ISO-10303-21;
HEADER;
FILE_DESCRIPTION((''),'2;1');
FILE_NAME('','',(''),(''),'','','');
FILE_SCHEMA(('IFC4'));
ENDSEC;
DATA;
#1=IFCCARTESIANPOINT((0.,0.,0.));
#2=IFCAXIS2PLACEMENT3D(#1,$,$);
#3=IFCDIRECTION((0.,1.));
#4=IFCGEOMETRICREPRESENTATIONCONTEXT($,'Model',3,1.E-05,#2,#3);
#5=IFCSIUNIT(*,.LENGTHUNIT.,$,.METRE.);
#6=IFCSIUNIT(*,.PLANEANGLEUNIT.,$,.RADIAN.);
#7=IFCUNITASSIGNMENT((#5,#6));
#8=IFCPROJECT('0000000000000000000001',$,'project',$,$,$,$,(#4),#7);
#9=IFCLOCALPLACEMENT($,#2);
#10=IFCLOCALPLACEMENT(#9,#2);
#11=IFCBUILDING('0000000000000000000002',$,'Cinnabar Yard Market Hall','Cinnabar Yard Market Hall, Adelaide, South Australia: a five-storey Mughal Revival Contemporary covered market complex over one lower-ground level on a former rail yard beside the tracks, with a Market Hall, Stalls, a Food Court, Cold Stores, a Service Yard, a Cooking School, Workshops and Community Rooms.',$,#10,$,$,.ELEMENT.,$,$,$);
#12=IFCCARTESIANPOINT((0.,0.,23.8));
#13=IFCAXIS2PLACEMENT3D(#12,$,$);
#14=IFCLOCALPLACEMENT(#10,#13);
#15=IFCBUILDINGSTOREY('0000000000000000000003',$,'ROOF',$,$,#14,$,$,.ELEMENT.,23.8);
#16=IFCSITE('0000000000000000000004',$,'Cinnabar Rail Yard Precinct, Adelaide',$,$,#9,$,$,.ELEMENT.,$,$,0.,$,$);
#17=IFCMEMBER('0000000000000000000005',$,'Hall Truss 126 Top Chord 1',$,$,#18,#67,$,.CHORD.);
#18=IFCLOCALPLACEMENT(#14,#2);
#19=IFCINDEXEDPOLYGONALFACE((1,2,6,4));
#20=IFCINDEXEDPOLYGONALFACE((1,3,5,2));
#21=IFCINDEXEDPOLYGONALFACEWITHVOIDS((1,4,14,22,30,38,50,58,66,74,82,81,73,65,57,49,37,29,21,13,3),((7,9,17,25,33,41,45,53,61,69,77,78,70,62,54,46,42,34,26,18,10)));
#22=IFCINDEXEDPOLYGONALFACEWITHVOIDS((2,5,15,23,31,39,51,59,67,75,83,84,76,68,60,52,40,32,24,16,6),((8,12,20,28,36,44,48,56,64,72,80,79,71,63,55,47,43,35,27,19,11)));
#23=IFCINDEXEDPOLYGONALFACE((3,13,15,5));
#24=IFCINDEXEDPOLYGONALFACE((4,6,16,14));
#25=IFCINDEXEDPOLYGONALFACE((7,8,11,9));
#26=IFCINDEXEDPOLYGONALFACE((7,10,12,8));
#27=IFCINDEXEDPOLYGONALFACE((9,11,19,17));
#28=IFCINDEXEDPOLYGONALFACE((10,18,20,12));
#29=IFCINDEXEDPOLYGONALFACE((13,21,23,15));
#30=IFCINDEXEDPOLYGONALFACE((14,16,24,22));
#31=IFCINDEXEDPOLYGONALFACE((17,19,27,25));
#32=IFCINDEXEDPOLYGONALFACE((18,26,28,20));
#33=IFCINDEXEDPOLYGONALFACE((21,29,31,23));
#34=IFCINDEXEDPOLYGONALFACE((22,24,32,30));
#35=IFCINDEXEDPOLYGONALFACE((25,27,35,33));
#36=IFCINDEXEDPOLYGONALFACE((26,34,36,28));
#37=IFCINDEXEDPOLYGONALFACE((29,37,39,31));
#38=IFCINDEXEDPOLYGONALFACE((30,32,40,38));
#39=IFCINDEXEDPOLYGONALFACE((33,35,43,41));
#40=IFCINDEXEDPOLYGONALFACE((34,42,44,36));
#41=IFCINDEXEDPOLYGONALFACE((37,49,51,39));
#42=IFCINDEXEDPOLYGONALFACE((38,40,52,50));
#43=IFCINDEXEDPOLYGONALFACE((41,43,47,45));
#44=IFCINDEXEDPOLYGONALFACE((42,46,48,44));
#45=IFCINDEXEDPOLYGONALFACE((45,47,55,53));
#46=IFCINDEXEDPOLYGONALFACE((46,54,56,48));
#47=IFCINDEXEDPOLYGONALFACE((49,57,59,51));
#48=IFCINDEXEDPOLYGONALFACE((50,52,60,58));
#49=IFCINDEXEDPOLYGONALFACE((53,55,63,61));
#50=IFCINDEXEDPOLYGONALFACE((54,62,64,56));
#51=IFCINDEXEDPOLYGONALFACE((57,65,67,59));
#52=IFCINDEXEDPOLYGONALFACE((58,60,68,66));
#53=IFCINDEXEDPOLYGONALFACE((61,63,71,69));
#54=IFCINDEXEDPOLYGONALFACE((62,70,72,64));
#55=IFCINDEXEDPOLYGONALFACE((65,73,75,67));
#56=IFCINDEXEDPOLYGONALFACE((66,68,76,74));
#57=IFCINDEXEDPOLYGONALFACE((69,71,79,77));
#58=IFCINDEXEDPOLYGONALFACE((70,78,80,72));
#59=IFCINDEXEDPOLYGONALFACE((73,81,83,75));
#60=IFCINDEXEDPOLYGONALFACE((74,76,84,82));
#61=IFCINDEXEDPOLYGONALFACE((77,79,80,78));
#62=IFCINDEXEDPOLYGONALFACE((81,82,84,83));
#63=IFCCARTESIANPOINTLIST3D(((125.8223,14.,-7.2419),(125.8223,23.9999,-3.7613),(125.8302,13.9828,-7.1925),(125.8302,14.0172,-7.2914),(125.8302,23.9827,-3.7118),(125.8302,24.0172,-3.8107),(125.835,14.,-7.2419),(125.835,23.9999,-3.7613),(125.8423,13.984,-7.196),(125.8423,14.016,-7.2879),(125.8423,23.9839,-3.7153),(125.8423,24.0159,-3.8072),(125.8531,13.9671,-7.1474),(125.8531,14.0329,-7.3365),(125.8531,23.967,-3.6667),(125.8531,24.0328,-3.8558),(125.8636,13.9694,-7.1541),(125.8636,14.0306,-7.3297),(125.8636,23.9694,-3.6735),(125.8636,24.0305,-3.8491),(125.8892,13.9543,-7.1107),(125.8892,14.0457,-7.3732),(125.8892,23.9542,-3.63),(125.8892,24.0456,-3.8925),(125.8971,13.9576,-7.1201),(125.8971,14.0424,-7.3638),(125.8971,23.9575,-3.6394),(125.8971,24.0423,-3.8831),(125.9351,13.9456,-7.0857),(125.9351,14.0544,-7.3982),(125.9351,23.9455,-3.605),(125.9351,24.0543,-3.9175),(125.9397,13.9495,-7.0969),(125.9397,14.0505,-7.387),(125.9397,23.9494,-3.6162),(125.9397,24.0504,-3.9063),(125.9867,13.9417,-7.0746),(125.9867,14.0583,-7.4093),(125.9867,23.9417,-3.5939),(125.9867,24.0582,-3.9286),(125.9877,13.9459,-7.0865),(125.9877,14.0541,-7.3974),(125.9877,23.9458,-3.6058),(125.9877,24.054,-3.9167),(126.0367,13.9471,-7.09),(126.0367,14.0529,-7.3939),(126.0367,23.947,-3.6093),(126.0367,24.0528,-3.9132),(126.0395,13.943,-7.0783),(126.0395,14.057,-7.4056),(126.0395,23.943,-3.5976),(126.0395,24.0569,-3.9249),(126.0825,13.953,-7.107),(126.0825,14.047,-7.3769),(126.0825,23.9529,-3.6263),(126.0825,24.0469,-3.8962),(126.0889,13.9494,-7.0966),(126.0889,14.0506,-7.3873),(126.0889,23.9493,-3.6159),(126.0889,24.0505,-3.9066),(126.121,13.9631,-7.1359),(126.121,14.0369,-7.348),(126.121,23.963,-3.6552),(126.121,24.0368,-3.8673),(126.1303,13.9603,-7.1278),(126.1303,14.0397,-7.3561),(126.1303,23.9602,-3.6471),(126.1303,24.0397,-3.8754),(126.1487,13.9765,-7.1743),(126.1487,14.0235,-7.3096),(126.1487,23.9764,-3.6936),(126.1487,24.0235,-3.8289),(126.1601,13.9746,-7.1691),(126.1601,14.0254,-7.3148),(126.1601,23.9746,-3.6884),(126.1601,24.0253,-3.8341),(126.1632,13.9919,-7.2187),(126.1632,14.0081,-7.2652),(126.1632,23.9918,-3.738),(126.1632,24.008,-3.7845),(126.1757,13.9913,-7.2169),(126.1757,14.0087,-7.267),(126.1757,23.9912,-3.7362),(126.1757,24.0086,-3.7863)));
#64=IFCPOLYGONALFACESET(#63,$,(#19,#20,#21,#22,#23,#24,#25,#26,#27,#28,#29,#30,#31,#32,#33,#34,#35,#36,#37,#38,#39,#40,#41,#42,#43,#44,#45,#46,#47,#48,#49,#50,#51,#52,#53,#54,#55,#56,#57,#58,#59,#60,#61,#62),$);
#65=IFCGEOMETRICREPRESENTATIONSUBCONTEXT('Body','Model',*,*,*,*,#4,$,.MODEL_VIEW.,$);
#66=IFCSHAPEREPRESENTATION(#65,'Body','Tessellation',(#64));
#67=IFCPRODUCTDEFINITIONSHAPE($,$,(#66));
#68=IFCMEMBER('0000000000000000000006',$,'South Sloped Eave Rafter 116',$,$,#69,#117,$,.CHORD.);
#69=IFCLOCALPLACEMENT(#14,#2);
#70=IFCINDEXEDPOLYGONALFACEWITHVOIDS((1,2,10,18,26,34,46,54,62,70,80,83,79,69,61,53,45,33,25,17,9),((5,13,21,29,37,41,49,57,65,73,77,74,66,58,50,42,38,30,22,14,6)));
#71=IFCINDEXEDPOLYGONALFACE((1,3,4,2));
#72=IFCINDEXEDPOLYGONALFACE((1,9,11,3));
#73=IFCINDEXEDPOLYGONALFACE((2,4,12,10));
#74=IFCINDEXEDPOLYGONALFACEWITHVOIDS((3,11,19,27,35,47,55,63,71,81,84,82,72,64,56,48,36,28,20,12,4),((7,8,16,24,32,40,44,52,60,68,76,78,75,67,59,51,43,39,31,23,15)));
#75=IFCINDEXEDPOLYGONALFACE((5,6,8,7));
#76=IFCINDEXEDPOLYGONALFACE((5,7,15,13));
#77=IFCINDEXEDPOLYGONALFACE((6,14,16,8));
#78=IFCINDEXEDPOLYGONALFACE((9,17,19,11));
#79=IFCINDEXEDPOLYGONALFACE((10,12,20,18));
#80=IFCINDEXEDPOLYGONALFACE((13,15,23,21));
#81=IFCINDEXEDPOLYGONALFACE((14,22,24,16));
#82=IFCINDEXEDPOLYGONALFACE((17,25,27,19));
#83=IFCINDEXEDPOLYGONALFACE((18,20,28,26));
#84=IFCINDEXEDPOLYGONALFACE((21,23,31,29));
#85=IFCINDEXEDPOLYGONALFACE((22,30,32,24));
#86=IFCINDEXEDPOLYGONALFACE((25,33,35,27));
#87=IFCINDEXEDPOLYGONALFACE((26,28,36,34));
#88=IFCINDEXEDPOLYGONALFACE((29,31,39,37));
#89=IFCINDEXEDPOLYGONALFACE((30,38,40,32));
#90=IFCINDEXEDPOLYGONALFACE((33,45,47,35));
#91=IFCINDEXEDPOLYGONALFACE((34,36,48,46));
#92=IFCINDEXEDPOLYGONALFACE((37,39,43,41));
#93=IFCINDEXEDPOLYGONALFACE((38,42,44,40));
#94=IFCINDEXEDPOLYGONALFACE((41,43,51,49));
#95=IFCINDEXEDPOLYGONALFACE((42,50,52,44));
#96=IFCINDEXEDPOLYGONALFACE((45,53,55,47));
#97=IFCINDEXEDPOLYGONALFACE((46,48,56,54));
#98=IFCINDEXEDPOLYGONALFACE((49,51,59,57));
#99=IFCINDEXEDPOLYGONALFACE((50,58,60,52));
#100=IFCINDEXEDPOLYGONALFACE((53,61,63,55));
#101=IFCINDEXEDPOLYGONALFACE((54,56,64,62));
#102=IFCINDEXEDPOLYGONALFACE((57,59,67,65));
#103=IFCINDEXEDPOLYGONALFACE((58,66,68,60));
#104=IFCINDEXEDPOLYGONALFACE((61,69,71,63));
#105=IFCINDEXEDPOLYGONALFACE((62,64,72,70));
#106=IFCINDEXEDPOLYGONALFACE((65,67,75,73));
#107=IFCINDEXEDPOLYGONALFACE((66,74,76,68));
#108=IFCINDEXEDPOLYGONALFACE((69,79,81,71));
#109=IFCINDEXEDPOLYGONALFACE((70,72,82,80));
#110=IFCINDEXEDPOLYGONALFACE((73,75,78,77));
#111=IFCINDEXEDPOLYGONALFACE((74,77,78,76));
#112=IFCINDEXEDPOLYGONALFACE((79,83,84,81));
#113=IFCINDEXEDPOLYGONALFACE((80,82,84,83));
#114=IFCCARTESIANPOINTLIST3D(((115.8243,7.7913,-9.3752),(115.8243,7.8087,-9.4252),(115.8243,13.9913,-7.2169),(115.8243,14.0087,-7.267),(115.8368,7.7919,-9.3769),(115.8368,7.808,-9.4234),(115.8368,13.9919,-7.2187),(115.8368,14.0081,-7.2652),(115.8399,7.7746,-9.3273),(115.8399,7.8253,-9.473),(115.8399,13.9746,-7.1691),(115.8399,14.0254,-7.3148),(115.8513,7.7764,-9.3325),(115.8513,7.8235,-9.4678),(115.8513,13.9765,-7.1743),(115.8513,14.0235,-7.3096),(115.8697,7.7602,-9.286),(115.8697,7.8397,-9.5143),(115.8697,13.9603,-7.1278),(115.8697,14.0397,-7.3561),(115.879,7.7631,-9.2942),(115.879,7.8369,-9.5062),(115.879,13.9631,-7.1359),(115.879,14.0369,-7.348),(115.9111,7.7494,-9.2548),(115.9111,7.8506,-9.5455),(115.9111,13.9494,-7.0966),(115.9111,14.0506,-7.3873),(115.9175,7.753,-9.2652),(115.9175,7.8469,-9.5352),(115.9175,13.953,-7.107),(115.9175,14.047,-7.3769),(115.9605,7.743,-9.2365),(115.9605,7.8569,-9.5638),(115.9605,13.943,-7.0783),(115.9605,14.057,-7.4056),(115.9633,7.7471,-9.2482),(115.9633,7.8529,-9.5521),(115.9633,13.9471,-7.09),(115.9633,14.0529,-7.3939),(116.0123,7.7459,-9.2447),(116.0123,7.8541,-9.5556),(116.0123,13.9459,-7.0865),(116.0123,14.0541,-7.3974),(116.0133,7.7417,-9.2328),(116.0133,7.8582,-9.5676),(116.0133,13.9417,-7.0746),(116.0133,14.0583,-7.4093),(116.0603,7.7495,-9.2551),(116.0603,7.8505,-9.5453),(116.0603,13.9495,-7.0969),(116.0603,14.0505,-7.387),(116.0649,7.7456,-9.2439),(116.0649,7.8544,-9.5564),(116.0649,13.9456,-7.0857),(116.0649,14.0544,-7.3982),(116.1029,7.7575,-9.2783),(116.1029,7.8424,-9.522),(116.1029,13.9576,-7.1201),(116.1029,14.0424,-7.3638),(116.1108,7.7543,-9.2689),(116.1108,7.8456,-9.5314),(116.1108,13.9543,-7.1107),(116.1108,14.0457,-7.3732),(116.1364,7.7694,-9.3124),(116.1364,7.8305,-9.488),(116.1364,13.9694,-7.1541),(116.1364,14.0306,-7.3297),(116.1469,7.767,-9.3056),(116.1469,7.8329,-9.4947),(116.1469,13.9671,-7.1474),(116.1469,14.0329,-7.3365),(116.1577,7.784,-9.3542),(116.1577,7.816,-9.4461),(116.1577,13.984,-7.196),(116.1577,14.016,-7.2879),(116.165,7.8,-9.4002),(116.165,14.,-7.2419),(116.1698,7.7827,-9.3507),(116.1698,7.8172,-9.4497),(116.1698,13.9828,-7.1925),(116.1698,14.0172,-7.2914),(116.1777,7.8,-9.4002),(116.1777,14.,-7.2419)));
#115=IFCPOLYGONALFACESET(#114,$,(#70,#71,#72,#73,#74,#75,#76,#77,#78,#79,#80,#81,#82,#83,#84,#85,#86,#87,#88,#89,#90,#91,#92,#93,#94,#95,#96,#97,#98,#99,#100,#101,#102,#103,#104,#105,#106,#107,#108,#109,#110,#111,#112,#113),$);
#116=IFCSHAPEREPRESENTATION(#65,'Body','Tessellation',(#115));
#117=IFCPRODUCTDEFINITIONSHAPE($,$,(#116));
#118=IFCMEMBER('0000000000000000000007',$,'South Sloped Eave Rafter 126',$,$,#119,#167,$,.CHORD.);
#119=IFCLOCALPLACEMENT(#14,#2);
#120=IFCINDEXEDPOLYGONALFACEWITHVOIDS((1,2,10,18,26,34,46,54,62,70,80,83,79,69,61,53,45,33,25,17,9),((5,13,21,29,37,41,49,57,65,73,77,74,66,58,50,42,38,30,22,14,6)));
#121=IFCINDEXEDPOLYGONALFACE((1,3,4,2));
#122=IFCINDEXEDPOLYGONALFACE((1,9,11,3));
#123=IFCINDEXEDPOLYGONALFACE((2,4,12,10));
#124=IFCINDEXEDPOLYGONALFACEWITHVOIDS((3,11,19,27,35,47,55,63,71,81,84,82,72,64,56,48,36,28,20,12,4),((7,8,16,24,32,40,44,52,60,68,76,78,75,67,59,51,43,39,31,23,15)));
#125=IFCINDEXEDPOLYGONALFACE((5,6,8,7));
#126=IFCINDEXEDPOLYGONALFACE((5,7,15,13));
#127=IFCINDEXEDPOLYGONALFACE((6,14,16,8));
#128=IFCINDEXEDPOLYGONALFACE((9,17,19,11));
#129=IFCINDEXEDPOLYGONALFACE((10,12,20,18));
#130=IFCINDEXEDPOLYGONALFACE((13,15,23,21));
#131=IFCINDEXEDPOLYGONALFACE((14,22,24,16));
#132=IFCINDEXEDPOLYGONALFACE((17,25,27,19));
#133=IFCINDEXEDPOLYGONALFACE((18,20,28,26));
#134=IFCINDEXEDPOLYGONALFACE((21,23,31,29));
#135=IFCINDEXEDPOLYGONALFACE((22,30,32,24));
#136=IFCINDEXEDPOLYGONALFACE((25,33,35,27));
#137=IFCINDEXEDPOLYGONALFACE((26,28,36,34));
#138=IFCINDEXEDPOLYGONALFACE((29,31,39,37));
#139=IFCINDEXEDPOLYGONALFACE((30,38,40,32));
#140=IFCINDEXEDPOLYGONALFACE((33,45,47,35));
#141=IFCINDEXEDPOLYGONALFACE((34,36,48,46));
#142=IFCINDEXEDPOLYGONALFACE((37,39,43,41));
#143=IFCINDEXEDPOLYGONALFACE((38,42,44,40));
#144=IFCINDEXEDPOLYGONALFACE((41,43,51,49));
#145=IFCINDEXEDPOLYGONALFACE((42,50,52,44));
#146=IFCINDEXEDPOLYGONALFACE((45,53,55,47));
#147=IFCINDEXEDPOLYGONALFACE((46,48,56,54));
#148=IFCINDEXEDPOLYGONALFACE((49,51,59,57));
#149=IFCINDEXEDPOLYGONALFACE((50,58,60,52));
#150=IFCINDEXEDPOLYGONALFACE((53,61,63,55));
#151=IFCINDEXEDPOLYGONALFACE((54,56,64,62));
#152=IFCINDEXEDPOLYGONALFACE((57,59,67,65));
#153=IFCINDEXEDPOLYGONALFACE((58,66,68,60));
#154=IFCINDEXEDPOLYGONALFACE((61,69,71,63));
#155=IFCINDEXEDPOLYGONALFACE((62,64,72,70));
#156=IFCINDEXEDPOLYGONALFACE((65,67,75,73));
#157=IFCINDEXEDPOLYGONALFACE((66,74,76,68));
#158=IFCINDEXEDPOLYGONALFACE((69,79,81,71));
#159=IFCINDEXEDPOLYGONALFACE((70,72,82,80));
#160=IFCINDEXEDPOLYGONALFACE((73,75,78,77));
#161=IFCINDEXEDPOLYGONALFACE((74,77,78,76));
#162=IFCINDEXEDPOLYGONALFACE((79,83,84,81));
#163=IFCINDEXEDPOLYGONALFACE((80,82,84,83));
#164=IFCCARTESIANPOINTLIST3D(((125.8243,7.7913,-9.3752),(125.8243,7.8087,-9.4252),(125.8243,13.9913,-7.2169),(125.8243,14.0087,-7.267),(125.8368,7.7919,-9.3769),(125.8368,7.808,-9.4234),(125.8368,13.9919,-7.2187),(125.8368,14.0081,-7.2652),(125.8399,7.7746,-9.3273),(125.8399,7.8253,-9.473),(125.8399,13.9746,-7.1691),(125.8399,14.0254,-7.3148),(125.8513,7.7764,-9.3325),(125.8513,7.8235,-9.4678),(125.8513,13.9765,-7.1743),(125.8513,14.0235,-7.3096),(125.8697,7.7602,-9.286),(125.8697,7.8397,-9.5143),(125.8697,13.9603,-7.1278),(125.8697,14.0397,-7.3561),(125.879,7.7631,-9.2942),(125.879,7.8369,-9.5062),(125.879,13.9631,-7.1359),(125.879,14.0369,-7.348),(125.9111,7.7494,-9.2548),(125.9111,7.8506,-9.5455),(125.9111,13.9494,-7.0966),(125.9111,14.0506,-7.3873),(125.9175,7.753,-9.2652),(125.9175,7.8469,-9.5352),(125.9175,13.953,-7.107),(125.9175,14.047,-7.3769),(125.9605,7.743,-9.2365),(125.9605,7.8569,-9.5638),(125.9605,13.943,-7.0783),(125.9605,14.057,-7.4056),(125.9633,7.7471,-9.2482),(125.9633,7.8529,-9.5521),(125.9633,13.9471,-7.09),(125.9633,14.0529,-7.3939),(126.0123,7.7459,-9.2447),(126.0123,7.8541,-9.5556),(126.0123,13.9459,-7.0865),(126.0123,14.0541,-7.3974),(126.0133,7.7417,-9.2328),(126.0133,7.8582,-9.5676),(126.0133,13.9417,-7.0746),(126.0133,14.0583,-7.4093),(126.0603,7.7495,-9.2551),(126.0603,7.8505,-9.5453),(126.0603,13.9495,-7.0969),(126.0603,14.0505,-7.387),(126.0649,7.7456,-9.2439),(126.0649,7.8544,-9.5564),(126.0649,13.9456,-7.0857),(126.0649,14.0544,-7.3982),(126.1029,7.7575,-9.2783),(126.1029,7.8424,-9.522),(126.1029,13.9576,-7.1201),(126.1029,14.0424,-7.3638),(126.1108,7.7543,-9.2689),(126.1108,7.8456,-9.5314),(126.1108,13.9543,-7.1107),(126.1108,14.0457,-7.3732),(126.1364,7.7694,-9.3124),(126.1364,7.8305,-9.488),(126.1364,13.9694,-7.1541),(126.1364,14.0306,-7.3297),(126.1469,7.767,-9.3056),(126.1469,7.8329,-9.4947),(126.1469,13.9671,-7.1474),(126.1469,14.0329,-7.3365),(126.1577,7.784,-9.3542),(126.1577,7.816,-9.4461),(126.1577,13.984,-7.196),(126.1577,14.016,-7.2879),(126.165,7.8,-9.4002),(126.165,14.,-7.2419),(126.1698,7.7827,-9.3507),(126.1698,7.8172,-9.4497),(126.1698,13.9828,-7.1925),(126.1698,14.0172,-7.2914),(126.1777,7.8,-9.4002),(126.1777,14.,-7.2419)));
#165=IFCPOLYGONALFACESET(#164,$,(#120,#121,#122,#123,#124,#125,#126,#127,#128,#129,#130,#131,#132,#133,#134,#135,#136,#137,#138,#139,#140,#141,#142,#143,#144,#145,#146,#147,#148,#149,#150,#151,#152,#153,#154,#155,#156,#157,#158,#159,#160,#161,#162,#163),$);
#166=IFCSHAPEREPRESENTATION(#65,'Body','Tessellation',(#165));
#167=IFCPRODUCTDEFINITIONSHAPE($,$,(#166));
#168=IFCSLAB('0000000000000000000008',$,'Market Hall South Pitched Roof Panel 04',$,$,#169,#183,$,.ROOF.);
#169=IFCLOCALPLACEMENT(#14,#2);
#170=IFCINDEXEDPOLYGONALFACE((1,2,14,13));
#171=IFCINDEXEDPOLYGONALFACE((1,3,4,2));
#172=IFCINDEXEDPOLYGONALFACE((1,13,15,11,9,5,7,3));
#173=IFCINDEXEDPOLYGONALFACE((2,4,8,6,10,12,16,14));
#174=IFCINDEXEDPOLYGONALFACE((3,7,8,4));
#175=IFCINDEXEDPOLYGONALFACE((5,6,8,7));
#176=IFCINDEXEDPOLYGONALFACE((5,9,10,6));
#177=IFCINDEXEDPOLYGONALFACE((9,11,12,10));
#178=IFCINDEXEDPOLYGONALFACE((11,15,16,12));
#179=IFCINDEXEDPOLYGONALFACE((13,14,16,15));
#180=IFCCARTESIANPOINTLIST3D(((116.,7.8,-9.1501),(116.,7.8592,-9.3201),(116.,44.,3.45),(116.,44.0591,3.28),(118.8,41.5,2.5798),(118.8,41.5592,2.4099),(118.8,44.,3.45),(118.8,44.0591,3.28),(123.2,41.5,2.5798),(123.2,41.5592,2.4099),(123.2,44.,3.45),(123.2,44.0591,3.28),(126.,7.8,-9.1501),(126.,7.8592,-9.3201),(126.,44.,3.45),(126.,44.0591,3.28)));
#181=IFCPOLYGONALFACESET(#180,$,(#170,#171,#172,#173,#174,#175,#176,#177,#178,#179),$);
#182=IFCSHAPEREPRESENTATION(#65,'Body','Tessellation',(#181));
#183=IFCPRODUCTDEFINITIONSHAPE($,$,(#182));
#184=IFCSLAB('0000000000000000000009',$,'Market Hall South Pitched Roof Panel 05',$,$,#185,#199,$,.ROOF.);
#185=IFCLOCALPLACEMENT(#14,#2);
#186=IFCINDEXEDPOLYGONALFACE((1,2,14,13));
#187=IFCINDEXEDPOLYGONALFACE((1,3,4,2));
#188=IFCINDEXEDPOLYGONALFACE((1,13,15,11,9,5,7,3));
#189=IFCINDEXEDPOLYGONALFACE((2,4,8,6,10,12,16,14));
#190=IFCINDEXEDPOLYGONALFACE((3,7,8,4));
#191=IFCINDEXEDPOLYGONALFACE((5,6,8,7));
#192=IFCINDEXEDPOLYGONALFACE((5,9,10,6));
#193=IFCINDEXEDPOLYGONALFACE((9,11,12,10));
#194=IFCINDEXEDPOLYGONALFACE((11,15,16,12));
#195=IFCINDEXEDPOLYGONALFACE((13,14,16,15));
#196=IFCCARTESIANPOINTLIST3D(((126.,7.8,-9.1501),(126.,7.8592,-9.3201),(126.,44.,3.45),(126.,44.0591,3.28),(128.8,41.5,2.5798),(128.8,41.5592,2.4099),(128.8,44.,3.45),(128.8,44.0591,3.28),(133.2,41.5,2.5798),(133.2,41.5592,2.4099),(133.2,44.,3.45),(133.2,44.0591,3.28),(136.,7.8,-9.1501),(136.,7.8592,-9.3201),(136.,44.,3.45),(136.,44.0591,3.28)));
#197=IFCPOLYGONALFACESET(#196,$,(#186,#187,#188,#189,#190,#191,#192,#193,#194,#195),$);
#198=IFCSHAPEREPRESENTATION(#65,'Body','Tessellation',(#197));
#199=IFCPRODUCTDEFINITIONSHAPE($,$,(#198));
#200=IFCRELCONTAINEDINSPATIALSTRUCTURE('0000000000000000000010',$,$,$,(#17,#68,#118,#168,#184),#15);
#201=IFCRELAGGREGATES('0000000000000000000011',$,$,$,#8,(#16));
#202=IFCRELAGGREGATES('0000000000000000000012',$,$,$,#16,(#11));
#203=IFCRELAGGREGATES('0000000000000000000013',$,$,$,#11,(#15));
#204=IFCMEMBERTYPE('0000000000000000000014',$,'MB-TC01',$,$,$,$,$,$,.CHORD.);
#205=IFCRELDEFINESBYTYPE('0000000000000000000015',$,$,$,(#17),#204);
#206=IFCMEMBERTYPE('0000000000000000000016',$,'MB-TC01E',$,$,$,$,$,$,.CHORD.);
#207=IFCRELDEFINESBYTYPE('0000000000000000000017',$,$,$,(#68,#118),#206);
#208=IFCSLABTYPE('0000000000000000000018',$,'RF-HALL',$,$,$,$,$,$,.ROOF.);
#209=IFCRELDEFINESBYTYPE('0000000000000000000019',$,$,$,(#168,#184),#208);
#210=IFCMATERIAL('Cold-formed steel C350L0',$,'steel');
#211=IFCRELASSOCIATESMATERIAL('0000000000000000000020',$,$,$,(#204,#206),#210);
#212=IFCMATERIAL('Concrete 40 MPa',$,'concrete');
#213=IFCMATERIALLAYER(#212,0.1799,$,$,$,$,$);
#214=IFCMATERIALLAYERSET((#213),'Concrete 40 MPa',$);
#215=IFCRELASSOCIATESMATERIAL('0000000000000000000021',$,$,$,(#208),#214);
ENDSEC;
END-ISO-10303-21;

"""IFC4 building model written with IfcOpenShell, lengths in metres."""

from ifc_helpers import new_model, si_unit, direction, frame, origin, origin_2d_with_axis, place, context, subcontext, project, spatial, polyline, hollow_circle, outline, extrude, material, layer, layer_set, material_profile, profile_set, type_object, element, save


model = new_model("IFC4")

# Units and contexts
model_context = context("Model", 3, precision=1e-05, world=origin(), true_north=direction((0.0, 1.0)))
body_context = subcontext(model_context, "Body", "Model", "MODEL_VIEW")
ifc_project = project(units=[si_unit("LENGTHUNIT", "METRE"), si_unit("PLANEANGLEUNIT", "RADIAN")], contexts=[model_context])

# Site, building, storey
site_placement = place(None, origin())
site = spatial("IfcSite", under=ifc_project, at=site_placement, Name="Cinnabar Rail Yard Precinct, Adelaide", CompositionType="ELEMENT", RefElevation=0.0)
building_placement = place(site_placement, origin())
building = spatial("IfcBuilding", under=site, at=building_placement, Name="Cinnabar Yard Market Hall", Description="Cinnabar Yard Market Hall, Adelaide, South Australia: a five-storey Mughal Revival Contemporary covered market complex over one lower-ground level on a former rail yard beside the tracks, with a Market Hall, Stalls, a Food Court, Cold Stores, a Service Yard, a Cooking School, Workshops and Community Rooms.", CompositionType="ELEMENT")
storey_placement = place(building_placement, frame((0.0, 0.0, 23.8)))
storey = spatial("IfcBuildingStorey", under=building, at=storey_placement, Name="ROOF", CompositionType="ELEMENT", Elevation=23.8)

# Shared definitions
ifc_material_1 = material(Name="Cold-formed steel C350L0", Category="steel")

# Members
ifc_material_profile_1 = material_profile(ifc_material_1, hollow_circle(Radius=0.1777, WallThickness=0.0127, at=origin_2d_with_axis()), Name="355.6x12.7CHS")
ifc_profile_set_1 = profile_set([ifc_material_profile_1], Name="Cold-formed steel C350L0")
member_type_1 = type_object("IfcMemberType", Name="MB-TC01", PredefinedType="CHORD", material=ifc_profile_set_1)
for number, where, z_axis, x_axis, name in (
    (1, (126.0, 14.0, -7.2419), (0.0, 0.944425, 0.328727), (-1.0, 0.0, 0.0), "Hall Truss 126 Top Chord 1"),
):
    element("IfcMember", number, at=place(storey_placement, frame(where, z_axis=z_axis, x_axis=x_axis)), inside=storey, type_object=member_type_1, Name=name, PredefinedType="CHORD", context=body_context, shape_type="SweptSolid", body=[
        extrude(hollow_circle(Radius=0.1777, WallThickness=0.0127, at=origin_2d_with_axis()), origin(), (0.0, 0.0, 1.0), 10.5884),
    ])
ifc_material_profile_2 = material_profile(ifc_material_1, hollow_circle(Radius=0.1777, WallThickness=0.0127, at=origin_2d_with_axis()), Name="355.6x12.7CHS")
ifc_profile_set_2 = profile_set([ifc_material_profile_2], Name="Cold-formed steel C350L0")
member_type_2 = type_object("IfcMemberType", Name="MB-TC01E", PredefinedType="CHORD", material=ifc_profile_set_2)
for number, where, z_axis, x_axis, name in (
    (2, (116.0, 14.0, -7.2419), (0.0, -0.944416, -0.328751), (1.0, 0.0, 0.0), "South Sloped Eave Rafter 116"),
    (3, (126.0, 14.0, -7.2419), (0.0, -0.944416, -0.328751), (1.0, 0.0, 0.0), "South Sloped Eave Rafter 126"),
):
    element("IfcMember", number, at=place(storey_placement, frame(where, z_axis=z_axis, x_axis=x_axis)), inside=storey, type_object=member_type_2, Name=name, PredefinedType="CHORD", context=body_context, shape_type="SweptSolid", body=[
        extrude(hollow_circle(Radius=0.1777, WallThickness=0.0127, at=origin_2d_with_axis()), origin(), (0.0, 0.0, 1.0), 6.5649),
    ])

# Slabs
ifc_material_2 = material(Name="Concrete 40 MPa", Category="concrete")
ifc_layer = layer(ifc_material_2, 0.1799)
ifc_layer_set = layer_set([ifc_layer], Name="Concrete 40 MPa")
slab_type = type_object("IfcSlabType", Name="RF-HALL", PredefinedType="ROOF", material=ifc_layer_set)
for number, where, z_axis, x_axis, name in (
    (4, (116.0, 7.8, -9.1501), (0.0, -0.328726, 0.944425), (1.0, 0.0, 0.0), "Market Hall South Pitched Roof Panel 04"),
    (5, (126.0, 7.8, -9.1501), (0.0, -0.328726, 0.944425), (1.0, 0.0, 0.0), "Market Hall South Pitched Roof Panel 05"),
):
    element("IfcSlab", number, at=place(storey_placement, frame(where, z_axis=z_axis, x_axis=x_axis)), inside=storey, type_object=slab_type, Name=name, PredefinedType="ROOF", context=body_context, shape_type="SweptSolid", body=[
        extrude(outline(polyline([(0.0, 0.0), (10.0, 0.0), (10.0, 38.3301), (7.2, 38.3301), (7.2, 35.683), (2.8, 35.683), (2.8, 38.3301), (0.0, 38.3301), (0.0, 0.0)])), origin(), (0.0, 0.0, -1.0), 0.1799),
    ])

save(model, "model.ifc")
